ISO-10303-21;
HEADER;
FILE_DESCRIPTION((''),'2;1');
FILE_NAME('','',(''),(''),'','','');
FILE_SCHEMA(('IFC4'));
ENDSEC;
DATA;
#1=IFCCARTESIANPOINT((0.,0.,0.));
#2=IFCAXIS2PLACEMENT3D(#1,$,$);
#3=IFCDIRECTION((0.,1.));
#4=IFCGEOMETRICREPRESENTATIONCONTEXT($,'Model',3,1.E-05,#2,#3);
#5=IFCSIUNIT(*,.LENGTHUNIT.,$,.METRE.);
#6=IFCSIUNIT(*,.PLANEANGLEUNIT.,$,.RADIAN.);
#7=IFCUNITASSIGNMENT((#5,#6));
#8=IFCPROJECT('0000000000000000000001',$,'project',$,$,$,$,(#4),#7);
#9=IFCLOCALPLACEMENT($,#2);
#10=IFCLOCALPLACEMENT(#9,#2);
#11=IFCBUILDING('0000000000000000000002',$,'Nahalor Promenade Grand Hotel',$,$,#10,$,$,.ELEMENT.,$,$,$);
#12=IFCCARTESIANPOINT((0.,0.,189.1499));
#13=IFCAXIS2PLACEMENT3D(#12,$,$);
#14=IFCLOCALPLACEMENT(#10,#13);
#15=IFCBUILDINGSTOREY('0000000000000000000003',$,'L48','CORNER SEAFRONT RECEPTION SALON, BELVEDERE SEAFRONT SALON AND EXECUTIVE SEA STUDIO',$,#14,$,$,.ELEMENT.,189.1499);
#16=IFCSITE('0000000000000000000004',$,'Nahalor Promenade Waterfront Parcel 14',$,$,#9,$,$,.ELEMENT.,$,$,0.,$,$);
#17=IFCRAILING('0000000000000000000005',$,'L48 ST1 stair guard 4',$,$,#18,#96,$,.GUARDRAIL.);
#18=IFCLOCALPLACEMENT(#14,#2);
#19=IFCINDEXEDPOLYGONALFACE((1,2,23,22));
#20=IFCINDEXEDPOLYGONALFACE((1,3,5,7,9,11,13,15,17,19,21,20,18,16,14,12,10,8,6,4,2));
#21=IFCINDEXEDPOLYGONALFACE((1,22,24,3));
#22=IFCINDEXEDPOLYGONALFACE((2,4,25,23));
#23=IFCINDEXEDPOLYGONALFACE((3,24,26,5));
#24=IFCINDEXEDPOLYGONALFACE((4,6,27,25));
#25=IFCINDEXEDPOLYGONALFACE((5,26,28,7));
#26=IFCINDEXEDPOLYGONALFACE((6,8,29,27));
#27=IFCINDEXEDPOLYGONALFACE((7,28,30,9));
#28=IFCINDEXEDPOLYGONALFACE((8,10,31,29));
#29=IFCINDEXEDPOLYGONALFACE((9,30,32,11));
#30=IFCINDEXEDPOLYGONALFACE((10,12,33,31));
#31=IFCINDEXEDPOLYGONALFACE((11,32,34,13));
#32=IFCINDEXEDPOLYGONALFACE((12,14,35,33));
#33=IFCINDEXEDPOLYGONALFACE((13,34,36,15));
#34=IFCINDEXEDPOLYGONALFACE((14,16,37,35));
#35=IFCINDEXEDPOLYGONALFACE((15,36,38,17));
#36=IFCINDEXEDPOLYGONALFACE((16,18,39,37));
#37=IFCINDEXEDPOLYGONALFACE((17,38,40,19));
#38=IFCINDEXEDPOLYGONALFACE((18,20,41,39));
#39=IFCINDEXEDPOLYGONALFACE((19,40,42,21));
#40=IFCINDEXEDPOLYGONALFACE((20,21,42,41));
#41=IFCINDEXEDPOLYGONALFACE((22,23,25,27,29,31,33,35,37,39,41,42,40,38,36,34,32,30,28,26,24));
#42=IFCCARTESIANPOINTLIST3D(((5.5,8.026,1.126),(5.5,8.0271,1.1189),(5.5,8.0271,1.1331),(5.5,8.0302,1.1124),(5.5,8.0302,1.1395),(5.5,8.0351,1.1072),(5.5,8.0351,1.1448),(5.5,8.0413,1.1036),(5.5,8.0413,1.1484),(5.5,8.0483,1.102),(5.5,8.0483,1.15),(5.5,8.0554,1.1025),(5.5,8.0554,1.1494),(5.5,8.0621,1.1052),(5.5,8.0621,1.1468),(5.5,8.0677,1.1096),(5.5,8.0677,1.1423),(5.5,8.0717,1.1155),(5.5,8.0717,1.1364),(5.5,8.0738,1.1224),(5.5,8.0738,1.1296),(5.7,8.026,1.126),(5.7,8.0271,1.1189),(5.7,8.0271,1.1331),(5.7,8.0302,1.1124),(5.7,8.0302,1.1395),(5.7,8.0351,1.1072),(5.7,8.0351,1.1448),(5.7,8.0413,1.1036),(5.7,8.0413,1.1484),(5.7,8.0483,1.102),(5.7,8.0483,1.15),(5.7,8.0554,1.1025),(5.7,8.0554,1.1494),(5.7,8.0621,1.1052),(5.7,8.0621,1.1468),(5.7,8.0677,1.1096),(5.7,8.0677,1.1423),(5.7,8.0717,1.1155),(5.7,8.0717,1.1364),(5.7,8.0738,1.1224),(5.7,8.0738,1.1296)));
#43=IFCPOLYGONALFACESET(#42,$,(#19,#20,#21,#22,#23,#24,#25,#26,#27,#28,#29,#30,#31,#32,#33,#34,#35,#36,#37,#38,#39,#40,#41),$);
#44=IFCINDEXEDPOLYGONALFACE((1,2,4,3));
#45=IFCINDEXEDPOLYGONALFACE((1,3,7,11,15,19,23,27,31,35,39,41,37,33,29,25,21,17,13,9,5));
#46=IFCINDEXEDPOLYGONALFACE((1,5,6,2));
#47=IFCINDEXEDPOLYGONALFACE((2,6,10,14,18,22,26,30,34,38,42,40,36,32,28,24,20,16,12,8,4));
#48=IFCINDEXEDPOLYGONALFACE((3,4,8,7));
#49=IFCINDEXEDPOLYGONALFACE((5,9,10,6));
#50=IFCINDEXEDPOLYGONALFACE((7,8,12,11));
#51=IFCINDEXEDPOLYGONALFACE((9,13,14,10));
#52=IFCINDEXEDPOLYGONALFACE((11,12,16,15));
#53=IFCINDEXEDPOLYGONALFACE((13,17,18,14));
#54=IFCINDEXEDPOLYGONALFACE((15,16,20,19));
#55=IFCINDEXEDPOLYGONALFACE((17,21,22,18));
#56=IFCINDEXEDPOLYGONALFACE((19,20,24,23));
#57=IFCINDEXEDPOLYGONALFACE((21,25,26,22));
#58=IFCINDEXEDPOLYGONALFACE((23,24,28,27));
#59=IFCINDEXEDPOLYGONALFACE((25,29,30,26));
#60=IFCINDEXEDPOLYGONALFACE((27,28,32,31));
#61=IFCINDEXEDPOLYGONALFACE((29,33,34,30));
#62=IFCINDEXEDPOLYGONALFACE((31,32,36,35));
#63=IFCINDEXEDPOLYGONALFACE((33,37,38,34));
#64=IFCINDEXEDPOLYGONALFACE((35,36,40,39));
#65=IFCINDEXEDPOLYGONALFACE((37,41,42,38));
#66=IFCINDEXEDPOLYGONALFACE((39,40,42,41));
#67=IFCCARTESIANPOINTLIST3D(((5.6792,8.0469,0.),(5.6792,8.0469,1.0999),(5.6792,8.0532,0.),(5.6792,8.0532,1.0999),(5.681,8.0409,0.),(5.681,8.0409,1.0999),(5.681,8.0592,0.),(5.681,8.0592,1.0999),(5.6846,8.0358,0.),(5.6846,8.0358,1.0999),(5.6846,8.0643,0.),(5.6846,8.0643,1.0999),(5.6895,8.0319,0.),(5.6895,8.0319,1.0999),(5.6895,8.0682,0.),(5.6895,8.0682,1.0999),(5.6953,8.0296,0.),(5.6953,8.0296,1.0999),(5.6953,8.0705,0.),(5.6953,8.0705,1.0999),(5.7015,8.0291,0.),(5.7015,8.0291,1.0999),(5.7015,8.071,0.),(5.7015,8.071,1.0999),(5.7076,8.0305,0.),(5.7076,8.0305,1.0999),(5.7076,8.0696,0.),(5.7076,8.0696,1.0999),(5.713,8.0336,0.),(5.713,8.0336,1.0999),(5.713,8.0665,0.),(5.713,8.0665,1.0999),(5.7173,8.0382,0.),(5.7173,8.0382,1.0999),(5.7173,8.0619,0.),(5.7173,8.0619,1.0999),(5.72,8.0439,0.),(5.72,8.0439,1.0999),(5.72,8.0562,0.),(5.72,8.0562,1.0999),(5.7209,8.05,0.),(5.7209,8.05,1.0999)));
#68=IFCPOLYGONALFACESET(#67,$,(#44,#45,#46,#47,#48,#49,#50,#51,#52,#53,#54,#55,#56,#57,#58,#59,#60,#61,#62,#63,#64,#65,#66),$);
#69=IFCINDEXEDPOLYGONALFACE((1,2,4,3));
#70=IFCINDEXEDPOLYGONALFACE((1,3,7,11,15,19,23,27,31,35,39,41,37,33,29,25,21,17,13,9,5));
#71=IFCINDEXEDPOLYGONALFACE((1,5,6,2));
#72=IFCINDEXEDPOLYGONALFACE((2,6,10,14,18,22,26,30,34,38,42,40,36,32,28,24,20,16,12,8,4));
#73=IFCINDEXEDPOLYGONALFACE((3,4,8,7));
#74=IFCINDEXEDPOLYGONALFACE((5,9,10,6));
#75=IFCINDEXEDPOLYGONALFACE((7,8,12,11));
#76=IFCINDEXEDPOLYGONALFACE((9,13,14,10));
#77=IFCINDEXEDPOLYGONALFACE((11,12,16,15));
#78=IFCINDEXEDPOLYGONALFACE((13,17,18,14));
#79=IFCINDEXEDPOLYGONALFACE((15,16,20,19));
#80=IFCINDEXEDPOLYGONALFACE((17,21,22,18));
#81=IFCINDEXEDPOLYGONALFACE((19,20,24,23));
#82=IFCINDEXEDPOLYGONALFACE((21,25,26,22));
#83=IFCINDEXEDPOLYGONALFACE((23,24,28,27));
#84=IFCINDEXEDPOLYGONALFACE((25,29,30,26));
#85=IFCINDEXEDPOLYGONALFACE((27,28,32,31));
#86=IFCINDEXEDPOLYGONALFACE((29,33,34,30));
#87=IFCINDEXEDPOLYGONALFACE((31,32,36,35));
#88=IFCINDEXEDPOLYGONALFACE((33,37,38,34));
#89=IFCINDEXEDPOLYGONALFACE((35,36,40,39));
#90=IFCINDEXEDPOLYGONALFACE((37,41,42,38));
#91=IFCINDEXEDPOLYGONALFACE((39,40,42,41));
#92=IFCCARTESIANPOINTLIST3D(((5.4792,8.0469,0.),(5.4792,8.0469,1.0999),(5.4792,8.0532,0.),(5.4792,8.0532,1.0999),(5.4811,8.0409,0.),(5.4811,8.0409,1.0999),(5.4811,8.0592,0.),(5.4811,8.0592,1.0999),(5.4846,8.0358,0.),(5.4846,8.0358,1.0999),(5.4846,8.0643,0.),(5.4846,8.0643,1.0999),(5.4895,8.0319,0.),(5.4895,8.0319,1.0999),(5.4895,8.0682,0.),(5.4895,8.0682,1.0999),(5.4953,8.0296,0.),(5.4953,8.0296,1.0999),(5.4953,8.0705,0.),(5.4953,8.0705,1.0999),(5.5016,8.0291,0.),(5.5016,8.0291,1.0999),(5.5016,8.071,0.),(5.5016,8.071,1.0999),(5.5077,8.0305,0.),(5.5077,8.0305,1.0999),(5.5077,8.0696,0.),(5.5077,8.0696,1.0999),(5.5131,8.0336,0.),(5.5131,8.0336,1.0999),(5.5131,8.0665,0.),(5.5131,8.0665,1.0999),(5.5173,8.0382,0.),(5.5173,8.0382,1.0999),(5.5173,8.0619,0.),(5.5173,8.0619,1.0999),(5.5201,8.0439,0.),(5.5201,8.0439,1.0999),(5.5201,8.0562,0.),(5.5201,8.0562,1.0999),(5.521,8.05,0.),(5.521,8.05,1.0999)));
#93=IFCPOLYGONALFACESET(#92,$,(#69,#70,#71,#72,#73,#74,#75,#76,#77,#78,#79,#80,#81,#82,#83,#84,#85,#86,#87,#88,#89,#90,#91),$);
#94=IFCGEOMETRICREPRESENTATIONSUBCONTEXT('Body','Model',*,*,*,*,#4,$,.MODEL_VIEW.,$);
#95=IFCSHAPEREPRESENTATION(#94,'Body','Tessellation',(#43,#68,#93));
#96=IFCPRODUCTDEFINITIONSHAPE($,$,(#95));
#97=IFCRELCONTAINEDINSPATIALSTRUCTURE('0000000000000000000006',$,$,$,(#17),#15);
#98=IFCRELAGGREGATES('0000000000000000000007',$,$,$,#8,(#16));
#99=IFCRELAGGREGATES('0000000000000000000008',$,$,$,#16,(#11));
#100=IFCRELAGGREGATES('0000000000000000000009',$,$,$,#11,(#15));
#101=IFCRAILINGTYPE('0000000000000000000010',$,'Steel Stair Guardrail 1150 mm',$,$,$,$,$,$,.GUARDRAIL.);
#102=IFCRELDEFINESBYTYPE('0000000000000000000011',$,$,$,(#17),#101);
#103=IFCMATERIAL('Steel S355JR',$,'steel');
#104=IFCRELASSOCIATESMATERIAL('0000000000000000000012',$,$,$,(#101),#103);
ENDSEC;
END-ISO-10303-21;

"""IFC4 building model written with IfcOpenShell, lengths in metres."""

from ifc_helpers import new_model, si_unit, direction, frame, origin, origin_2d, place, context, subcontext, project, spatial, circle, extrude, material, type_object, element, save


model = new_model("IFC4")

# Units and contexts
model_context = context("Model", 3, precision=1e-05, world=origin(), true_north=direction((0.0, 1.0)))
body_context = subcontext(model_context, "Body", "Model", "MODEL_VIEW")
ifc_project = project(units=[si_unit("LENGTHUNIT", "METRE"), si_unit("PLANEANGLEUNIT", "RADIAN")], contexts=[model_context])

# Site, building, storey
site_placement = place(None, origin())
site = spatial("IfcSite", under=ifc_project, at=site_placement, Name="Nahalor Promenade Waterfront Parcel 14", CompositionType="ELEMENT", RefElevation=0.0)
building_placement = place(site_placement, origin())
building = spatial("IfcBuilding", under=site, at=building_placement, Name="Nahalor Promenade Grand Hotel", CompositionType="ELEMENT")
storey_placement = place(building_placement, frame((0.0, 0.0, 189.1499)))
storey = spatial("IfcBuildingStorey", under=building, at=storey_placement, Name="L48", Description="CORNER SEAFRONT RECEPTION SALON, BELVEDERE SEAFRONT SALON AND EXECUTIVE SEA STUDIO", CompositionType="ELEMENT", Elevation=189.1499)

# Shared definitions
ifc_material_1 = material(Name="Steel S355JR", Category="steel")

# Railing
railing_type_1 = type_object("IfcRailingType", Name="Steel Stair Guardrail 1150 mm", PredefinedType="GUARDRAIL", material=ifc_material_1)
railing_1_placement = place(storey_placement, frame((5.7, 8.05, 0.0)))
element("IfcRailing", 1, at=railing_1_placement, inside=storey, type_object=railing_type_1, Name="L48 ST1 stair guard 4", PredefinedType="GUARDRAIL", context=body_context, shape_type="SweptSolid", body=[
    extrude(circle(Radius=0.024, at=origin_2d()), frame((0.0, 0.0, 1.126), z_axis=(-1.0, 0.0, 0.0), x_axis=(0.0, -1.0, 0.0)), (0.0, 0.0, 1.0), 0.2),
    extrude(circle(Radius=0.021, at=origin_2d()), origin(), (0.0, 0.0, 1.0), 1.0999),
    extrude(circle(Radius=0.021, at=origin_2d()), frame((-0.2, 0.0, 0.0)), (0.0, 0.0, 1.0), 1.0999),
])

save(model, "model.ifc")
